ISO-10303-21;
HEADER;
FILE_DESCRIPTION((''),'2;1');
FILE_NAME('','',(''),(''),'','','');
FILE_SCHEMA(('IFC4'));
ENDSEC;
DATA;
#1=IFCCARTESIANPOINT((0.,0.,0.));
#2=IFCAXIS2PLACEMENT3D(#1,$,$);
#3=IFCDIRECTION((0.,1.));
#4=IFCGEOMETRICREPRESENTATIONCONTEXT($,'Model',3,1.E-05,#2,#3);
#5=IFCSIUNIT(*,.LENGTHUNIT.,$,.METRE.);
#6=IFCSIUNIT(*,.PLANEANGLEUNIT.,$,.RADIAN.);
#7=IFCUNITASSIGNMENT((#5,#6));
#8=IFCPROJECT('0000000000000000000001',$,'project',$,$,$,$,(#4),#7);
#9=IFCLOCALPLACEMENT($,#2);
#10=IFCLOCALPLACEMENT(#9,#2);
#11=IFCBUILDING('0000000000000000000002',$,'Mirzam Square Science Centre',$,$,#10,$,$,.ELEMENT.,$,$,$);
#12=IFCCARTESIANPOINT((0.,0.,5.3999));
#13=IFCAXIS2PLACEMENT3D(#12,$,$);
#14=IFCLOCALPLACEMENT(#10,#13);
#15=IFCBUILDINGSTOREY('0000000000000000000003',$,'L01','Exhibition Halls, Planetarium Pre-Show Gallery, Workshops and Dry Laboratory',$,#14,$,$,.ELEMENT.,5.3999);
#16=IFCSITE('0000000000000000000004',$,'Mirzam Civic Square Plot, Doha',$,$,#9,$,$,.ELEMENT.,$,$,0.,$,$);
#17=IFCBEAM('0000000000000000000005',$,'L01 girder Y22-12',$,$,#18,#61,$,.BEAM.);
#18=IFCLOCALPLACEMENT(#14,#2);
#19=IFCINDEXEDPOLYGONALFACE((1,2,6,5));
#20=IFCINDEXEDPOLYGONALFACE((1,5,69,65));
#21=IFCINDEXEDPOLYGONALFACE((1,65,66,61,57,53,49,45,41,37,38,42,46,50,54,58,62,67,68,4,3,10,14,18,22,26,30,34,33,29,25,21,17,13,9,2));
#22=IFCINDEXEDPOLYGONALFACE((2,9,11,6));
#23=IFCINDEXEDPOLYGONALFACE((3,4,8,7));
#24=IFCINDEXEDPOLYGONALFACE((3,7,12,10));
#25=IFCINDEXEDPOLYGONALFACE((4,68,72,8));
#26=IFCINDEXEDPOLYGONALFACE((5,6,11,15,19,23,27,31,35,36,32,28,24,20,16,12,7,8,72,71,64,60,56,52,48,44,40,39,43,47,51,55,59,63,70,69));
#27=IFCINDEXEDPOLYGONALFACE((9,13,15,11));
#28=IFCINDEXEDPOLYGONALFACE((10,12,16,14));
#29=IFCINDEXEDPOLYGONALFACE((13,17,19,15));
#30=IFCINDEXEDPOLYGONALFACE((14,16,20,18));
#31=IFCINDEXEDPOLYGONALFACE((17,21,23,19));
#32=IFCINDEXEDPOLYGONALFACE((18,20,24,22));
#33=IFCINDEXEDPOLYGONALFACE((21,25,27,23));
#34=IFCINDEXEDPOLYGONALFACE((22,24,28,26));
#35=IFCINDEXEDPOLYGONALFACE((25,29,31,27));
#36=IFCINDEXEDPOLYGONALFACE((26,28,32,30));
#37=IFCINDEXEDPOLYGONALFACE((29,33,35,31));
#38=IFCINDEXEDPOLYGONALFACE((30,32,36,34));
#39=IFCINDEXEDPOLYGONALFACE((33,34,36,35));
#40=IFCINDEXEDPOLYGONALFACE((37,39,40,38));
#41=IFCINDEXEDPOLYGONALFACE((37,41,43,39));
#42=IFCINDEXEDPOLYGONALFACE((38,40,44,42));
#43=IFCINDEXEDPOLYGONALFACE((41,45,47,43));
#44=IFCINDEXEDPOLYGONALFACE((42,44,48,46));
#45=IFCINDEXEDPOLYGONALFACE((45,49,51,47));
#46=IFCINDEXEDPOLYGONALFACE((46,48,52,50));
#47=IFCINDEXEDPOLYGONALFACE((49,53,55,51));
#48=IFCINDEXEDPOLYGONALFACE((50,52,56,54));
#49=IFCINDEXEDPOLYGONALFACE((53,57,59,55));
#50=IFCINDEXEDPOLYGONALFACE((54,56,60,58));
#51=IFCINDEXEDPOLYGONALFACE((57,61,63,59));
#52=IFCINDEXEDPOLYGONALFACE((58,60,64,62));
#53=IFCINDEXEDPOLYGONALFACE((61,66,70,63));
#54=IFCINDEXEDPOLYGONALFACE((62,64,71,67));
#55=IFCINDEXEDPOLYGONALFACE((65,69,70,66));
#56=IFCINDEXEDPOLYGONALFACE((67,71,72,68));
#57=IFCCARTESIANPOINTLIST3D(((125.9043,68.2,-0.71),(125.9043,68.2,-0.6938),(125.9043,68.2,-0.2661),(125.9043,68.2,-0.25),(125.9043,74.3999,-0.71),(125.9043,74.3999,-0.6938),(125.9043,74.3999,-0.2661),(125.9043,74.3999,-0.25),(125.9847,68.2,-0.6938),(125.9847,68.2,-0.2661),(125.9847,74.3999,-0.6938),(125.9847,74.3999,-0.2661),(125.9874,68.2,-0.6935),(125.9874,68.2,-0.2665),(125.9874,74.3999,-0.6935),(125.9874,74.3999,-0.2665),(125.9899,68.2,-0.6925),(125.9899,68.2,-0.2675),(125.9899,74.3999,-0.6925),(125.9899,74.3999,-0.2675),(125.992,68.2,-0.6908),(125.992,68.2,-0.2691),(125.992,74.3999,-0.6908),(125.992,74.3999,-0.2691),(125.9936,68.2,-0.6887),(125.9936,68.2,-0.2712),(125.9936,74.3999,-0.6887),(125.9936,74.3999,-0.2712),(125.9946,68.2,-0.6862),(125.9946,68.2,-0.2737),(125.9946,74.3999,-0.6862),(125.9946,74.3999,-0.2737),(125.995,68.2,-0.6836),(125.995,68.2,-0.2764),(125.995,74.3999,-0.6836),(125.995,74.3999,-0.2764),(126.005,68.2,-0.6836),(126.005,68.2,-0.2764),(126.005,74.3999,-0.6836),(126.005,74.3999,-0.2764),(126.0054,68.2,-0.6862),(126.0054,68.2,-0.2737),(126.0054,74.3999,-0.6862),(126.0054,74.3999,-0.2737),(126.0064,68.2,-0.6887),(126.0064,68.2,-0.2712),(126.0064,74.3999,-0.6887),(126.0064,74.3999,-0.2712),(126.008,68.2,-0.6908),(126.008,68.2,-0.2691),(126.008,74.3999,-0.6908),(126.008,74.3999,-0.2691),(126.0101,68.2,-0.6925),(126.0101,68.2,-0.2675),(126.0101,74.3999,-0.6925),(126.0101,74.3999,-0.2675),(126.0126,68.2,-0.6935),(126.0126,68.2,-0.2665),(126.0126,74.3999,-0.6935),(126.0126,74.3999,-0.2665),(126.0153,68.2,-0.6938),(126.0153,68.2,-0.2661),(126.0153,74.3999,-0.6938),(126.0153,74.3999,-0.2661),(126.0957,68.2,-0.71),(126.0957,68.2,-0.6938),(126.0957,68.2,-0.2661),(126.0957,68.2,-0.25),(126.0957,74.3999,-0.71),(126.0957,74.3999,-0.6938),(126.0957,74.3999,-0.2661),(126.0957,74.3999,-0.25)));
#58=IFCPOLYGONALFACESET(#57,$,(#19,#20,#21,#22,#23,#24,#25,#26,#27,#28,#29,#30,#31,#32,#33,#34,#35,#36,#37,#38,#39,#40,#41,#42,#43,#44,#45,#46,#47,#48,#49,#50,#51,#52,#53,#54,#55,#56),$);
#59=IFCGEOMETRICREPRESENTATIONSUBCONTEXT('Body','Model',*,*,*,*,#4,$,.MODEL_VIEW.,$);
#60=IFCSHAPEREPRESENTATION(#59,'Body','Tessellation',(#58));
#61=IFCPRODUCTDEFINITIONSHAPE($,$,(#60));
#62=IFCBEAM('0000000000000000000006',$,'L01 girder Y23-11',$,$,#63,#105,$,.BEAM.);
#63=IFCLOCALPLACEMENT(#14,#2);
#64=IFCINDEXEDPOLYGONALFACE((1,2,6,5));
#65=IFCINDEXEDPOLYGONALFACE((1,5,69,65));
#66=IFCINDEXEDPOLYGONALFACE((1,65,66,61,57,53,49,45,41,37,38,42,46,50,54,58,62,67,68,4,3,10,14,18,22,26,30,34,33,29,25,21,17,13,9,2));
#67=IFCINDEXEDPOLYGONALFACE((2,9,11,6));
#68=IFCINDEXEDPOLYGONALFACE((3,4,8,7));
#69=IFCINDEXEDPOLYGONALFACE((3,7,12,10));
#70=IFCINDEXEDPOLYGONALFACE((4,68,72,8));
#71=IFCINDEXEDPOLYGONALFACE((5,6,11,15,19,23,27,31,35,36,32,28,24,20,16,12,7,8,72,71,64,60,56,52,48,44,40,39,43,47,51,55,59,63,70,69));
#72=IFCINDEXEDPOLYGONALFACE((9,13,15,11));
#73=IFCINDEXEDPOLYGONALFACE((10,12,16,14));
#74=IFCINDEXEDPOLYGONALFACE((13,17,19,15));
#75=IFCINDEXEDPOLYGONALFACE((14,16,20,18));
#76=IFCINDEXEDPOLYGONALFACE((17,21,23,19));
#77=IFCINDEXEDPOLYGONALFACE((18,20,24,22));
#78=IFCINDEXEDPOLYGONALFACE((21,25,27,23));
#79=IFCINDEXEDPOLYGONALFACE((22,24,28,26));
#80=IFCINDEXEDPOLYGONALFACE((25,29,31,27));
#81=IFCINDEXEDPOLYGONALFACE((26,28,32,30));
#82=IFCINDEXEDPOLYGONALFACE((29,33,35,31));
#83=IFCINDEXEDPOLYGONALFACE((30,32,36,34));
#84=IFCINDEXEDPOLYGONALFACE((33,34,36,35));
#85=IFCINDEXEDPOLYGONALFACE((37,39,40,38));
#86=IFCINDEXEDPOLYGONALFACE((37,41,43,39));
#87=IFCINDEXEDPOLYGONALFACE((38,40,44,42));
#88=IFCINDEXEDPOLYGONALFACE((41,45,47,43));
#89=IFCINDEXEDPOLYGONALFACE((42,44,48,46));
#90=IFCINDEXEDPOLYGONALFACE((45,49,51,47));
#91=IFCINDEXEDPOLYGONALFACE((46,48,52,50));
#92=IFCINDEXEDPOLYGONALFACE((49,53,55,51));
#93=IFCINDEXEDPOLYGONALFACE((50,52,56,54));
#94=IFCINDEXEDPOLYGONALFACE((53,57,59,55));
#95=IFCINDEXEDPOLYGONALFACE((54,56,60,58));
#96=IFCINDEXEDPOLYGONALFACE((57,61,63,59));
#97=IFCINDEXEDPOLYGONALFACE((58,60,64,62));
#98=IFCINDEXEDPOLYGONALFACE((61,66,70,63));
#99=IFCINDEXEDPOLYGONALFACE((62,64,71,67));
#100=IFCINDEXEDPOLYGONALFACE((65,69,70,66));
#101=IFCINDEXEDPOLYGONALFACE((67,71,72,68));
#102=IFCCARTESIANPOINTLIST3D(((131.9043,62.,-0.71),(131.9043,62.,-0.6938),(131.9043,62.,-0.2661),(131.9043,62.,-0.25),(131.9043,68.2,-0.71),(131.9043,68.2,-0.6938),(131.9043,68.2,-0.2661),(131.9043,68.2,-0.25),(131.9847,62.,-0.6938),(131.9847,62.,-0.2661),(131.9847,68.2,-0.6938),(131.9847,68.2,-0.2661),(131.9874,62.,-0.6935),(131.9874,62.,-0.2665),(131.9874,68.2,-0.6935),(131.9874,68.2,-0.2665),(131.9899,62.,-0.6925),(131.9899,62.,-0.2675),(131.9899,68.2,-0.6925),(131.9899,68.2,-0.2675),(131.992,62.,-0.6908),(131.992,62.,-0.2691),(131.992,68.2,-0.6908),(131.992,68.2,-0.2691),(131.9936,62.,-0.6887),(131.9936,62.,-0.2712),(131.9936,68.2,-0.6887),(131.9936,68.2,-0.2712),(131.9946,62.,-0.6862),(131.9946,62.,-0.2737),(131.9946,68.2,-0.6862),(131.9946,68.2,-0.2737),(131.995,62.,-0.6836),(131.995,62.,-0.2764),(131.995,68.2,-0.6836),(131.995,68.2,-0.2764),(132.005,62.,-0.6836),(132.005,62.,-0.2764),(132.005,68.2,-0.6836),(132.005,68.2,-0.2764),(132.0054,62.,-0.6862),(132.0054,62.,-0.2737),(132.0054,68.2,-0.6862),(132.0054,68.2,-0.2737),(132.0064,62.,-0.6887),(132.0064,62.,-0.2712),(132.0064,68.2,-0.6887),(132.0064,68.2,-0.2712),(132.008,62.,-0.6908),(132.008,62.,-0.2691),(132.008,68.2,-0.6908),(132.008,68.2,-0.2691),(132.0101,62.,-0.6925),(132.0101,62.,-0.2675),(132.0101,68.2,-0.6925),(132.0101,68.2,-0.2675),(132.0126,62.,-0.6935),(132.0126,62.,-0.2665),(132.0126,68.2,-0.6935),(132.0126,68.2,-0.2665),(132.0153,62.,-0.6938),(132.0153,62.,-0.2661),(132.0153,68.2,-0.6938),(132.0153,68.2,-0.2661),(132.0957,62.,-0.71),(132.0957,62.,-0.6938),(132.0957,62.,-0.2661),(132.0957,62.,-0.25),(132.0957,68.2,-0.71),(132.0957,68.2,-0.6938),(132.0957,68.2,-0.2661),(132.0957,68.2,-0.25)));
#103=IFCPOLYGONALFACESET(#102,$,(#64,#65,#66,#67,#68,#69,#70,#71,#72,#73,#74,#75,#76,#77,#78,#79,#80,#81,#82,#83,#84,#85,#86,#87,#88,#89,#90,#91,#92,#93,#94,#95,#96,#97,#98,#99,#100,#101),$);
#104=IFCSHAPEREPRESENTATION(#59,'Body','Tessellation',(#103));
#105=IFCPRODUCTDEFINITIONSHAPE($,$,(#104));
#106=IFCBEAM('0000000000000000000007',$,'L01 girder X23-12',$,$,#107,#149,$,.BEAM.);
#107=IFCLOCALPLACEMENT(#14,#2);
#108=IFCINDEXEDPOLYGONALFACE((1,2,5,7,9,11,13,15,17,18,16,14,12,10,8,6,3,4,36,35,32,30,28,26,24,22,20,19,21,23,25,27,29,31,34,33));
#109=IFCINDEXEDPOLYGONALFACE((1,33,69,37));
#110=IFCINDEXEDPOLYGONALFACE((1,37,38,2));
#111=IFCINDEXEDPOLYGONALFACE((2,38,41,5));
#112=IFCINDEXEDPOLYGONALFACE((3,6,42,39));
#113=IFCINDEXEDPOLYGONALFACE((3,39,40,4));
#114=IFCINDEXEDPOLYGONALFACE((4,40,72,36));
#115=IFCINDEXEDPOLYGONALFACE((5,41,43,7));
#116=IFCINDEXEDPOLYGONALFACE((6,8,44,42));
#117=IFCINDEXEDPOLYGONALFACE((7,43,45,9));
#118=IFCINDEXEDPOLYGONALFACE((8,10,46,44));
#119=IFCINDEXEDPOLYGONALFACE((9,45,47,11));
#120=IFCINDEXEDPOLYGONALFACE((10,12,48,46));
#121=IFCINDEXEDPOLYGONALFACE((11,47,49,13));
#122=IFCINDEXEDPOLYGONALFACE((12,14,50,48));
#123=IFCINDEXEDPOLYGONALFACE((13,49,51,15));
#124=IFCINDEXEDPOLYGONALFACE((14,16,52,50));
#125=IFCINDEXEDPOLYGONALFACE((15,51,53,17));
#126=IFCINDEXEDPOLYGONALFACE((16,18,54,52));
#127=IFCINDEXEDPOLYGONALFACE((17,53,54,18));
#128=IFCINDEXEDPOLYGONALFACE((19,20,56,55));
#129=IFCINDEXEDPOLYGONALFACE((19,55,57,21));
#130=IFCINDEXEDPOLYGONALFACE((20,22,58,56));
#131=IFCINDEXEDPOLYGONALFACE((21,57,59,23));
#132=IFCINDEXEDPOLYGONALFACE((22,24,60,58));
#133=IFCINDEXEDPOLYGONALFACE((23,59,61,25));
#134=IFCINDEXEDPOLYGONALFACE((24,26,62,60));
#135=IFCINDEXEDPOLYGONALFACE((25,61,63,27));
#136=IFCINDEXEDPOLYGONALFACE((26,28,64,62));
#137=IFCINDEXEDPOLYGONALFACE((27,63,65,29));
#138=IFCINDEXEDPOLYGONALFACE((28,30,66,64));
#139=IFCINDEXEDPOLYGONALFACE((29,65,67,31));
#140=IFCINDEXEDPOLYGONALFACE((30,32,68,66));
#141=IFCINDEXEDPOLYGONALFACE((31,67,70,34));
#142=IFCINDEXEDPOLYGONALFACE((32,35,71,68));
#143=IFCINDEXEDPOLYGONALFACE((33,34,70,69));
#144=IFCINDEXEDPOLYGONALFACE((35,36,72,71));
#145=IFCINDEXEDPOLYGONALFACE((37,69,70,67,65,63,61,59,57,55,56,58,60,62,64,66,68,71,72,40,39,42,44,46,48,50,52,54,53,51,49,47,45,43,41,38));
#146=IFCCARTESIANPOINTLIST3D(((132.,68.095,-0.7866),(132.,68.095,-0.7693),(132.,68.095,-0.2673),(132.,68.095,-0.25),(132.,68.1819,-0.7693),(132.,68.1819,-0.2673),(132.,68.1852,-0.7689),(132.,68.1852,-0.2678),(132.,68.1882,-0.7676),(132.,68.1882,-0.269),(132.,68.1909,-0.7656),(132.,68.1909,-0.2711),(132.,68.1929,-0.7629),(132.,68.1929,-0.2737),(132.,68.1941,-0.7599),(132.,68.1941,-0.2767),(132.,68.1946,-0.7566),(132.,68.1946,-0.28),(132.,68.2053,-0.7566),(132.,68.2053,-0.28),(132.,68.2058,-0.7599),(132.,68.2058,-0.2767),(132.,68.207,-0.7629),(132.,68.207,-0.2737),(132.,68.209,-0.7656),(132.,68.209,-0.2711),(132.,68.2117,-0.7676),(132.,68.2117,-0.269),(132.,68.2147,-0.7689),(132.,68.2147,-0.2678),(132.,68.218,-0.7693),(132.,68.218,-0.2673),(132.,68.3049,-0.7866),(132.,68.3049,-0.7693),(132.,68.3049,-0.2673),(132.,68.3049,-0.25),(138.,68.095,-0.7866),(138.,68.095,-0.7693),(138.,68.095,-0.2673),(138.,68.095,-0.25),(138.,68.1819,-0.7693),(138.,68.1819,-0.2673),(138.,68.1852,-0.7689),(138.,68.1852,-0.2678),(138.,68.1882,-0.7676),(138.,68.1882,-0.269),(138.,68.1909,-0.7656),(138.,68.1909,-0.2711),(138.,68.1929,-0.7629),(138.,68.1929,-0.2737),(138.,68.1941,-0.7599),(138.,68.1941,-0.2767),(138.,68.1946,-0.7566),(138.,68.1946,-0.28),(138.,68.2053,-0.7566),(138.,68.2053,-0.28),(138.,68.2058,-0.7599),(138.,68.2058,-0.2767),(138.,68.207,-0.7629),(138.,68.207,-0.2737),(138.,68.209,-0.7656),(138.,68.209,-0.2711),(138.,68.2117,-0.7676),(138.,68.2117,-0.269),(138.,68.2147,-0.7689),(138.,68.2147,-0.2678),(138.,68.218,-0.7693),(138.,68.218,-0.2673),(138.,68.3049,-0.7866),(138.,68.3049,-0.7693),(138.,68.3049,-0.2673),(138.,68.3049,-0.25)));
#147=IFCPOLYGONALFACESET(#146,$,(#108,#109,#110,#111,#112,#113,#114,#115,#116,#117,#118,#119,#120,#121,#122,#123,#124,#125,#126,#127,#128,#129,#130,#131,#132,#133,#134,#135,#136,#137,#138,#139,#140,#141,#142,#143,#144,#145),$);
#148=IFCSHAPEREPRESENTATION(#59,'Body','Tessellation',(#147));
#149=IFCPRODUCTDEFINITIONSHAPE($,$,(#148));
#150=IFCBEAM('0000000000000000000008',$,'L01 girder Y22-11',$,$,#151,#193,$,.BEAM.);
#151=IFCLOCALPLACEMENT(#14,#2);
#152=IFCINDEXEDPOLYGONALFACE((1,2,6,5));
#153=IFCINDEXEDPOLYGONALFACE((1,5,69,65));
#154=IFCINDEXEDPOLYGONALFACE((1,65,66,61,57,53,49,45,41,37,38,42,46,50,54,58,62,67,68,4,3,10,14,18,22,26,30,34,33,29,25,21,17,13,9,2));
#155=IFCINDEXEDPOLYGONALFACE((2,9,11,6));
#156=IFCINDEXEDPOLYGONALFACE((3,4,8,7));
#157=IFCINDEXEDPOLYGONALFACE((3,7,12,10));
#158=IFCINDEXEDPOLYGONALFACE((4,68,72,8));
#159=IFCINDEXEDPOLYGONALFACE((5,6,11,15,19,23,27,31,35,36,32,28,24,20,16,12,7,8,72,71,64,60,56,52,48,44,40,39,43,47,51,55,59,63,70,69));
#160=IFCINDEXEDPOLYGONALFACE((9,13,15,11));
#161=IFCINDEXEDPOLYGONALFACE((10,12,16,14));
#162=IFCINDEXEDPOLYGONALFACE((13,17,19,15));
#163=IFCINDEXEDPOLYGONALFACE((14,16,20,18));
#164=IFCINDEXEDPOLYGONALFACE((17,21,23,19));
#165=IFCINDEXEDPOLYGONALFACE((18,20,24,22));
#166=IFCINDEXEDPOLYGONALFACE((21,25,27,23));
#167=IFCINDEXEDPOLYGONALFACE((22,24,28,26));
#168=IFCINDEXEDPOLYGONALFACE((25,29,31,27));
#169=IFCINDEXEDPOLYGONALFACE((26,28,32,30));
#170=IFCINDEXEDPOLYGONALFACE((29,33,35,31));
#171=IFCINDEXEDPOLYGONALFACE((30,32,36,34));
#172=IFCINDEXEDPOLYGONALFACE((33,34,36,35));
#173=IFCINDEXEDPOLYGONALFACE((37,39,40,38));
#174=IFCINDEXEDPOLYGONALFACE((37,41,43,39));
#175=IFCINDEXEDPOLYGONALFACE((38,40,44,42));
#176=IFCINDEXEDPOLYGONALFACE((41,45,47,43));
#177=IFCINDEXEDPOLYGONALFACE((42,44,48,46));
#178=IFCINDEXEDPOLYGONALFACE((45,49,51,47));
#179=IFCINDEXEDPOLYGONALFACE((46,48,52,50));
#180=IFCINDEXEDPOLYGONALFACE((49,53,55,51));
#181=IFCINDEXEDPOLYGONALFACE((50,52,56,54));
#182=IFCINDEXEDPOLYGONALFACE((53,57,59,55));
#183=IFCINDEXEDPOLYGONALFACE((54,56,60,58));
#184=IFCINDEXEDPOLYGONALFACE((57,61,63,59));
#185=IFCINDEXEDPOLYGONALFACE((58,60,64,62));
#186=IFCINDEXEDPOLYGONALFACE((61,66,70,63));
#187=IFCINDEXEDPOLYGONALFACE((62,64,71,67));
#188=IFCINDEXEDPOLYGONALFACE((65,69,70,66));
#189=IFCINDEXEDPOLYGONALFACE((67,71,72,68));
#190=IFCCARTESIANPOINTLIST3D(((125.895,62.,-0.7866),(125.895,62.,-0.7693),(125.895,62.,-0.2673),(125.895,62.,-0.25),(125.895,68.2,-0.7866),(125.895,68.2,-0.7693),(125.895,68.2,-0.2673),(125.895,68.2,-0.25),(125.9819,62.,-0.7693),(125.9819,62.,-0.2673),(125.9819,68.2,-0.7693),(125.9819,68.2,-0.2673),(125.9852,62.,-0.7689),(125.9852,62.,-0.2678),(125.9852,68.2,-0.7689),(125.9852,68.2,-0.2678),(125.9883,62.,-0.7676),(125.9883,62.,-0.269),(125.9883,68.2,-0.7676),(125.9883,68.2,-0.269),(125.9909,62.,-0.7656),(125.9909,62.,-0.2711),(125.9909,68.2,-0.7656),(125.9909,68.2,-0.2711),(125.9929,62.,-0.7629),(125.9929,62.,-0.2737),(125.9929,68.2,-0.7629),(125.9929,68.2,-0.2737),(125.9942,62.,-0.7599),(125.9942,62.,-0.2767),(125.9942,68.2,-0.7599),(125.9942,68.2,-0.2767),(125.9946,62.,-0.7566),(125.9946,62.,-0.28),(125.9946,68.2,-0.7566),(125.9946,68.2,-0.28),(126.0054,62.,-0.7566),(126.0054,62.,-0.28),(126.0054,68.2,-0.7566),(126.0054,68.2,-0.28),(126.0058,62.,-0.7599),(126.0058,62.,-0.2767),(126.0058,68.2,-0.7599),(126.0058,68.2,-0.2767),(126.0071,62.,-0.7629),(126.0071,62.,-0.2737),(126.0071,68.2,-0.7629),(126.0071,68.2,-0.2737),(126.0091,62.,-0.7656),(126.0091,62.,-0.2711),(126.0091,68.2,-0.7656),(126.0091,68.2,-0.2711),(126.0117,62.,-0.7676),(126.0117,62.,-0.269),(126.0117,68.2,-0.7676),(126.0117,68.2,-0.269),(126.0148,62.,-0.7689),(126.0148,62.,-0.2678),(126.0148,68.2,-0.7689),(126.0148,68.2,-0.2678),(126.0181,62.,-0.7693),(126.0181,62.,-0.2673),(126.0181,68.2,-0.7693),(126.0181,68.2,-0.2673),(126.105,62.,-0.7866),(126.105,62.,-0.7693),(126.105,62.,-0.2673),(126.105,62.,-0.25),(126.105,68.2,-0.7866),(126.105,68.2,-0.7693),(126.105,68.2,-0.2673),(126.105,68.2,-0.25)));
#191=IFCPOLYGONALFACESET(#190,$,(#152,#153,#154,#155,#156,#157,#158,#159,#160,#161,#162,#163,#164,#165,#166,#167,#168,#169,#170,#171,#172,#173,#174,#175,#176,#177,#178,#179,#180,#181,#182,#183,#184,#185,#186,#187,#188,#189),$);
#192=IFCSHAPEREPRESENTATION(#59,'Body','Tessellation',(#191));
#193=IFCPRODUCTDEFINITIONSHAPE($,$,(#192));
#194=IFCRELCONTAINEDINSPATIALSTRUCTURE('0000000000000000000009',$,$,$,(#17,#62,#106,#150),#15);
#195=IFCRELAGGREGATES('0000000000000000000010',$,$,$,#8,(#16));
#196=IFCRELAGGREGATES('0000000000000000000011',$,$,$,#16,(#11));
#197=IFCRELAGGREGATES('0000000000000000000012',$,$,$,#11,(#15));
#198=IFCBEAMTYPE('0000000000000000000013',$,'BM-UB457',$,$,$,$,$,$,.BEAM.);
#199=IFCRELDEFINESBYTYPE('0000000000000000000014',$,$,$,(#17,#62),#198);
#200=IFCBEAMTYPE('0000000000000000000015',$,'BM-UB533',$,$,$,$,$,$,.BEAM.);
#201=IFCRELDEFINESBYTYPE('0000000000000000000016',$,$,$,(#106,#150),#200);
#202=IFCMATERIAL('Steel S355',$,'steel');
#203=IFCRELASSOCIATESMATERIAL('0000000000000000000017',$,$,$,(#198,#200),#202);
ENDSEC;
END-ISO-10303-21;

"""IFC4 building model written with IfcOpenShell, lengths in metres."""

from ifc_helpers import new_model, si_unit, direction, frame, origin, origin_2d, place, context, subcontext, project, spatial, i_section, extrude, material, material_profile, profile_set, type_object, element, save


model = new_model("IFC4")

# Units and contexts
model_context = context("Model", 3, precision=1e-05, world=origin(), true_north=direction((0.0, 1.0)))
body_context = subcontext(model_context, "Body", "Model", "MODEL_VIEW")
ifc_project = project(units=[si_unit("LENGTHUNIT", "METRE"), si_unit("PLANEANGLEUNIT", "RADIAN")], contexts=[model_context])

# Site, building, storey
site_placement = place(None, origin())
site = spatial("IfcSite", under=ifc_project, at=site_placement, Name="Mirzam Civic Square Plot, Doha", CompositionType="ELEMENT", RefElevation=0.0)
building_placement = place(site_placement, origin())
building = spatial("IfcBuilding", under=site, at=building_placement, Name="Mirzam Square Science Centre", CompositionType="ELEMENT")
storey_placement = place(building_placement, frame((0.0, 0.0, 5.3999)))
storey = spatial("IfcBuildingStorey", under=building, at=storey_placement, Name="L01", Description="Exhibition Halls, Planetarium Pre-Show Gallery, Workshops and Dry Laboratory", CompositionType="ELEMENT", Elevation=5.3999)

# Shared definitions
ifc_material_1 = material(Name="Steel S355", Category="steel")

# Beams
ifc_material_profile_1 = material_profile(ifc_material_1, i_section(OverallWidth=0.1914, OverallDepth=0.46, WebThickness=0.01, FlangeThickness=0.0161, FilletRadius=0.0103, at=origin_2d()), Name="457x191x82UB")
ifc_profile_set_1 = profile_set([ifc_material_profile_1], Name="Steel S355")
beam_type_1 = type_object("IfcBeamType", Name="BM-UB457", PredefinedType="BEAM", material=ifc_profile_set_1)
for number, where, z_axis, x_axis, name in (
    (1, (126.0, 68.2, -0.48), (0.0, 1.0, 0.0), (-1.0, 0.0, 0.0), "L01 girder Y22-12"),
    (2, (132.0, 62.0, -0.48), (0.0, 1.0, 0.0), (-1.0, 0.0, 0.0), "L01 girder Y23-11"),
):
    element("IfcBeam", number, at=place(storey_placement, frame(where, z_axis=z_axis, x_axis=x_axis)), inside=storey, type_object=beam_type_1, Name=name, PredefinedType="BEAM", context=body_context, shape_type="SweptSolid", body=[
        extrude(i_section(OverallWidth=0.1914, OverallDepth=0.46, WebThickness=0.01, FlangeThickness=0.0161, FilletRadius=0.0103, at=origin_2d()), origin(), (0.0, 0.0, 1.0), 6.2),
    ])
ifc_material_profile_2 = material_profile(ifc_material_1, i_section(OverallWidth=0.21, OverallDepth=0.5366, WebThickness=0.0107, FlangeThickness=0.0173, FilletRadius=0.0127, at=origin_2d()), Name="533x210x101UB")
ifc_profile_set_2 = profile_set([ifc_material_profile_2], Name="Steel S355")
beam_type_2 = type_object("IfcBeamType", Name="BM-UB533", PredefinedType="BEAM", material=ifc_profile_set_2)
beam_1_placement = place(storey_placement, frame((132.0, 68.2, -0.5183), z_axis=(1.0, 0.0, 0.0), x_axis=(0.0, 1.0, 0.0)))
element("IfcBeam", 3, at=beam_1_placement, inside=storey, type_object=beam_type_2, Name="L01 girder X23-12", PredefinedType="BEAM", context=body_context, shape_type="SweptSolid", body=[
    extrude(i_section(OverallWidth=0.21, OverallDepth=0.5366, WebThickness=0.0107, FlangeThickness=0.0173, FilletRadius=0.0127, at=origin_2d()), origin(), (0.0, 0.0, 1.0), 6.0),
])
for number, where, z_axis, x_axis, name in (
    (4, (126.0, 62.0, -0.5183), (0.0, 1.0, 0.0), (-1.0, 0.0, 0.0), "L01 girder Y22-11"),
):
    element("IfcBeam", number, at=place(storey_placement, frame(where, z_axis=z_axis, x_axis=x_axis)), inside=storey, type_object=beam_type_2, Name=name, PredefinedType="BEAM", context=body_context, shape_type="SweptSolid", body=[
        extrude(i_section(OverallWidth=0.21, OverallDepth=0.5366, WebThickness=0.0107, FlangeThickness=0.0173, FilletRadius=0.0127, at=origin_2d()), origin(), (0.0, 0.0, 1.0), 6.2),
    ])

save(model, "model.ifc")
